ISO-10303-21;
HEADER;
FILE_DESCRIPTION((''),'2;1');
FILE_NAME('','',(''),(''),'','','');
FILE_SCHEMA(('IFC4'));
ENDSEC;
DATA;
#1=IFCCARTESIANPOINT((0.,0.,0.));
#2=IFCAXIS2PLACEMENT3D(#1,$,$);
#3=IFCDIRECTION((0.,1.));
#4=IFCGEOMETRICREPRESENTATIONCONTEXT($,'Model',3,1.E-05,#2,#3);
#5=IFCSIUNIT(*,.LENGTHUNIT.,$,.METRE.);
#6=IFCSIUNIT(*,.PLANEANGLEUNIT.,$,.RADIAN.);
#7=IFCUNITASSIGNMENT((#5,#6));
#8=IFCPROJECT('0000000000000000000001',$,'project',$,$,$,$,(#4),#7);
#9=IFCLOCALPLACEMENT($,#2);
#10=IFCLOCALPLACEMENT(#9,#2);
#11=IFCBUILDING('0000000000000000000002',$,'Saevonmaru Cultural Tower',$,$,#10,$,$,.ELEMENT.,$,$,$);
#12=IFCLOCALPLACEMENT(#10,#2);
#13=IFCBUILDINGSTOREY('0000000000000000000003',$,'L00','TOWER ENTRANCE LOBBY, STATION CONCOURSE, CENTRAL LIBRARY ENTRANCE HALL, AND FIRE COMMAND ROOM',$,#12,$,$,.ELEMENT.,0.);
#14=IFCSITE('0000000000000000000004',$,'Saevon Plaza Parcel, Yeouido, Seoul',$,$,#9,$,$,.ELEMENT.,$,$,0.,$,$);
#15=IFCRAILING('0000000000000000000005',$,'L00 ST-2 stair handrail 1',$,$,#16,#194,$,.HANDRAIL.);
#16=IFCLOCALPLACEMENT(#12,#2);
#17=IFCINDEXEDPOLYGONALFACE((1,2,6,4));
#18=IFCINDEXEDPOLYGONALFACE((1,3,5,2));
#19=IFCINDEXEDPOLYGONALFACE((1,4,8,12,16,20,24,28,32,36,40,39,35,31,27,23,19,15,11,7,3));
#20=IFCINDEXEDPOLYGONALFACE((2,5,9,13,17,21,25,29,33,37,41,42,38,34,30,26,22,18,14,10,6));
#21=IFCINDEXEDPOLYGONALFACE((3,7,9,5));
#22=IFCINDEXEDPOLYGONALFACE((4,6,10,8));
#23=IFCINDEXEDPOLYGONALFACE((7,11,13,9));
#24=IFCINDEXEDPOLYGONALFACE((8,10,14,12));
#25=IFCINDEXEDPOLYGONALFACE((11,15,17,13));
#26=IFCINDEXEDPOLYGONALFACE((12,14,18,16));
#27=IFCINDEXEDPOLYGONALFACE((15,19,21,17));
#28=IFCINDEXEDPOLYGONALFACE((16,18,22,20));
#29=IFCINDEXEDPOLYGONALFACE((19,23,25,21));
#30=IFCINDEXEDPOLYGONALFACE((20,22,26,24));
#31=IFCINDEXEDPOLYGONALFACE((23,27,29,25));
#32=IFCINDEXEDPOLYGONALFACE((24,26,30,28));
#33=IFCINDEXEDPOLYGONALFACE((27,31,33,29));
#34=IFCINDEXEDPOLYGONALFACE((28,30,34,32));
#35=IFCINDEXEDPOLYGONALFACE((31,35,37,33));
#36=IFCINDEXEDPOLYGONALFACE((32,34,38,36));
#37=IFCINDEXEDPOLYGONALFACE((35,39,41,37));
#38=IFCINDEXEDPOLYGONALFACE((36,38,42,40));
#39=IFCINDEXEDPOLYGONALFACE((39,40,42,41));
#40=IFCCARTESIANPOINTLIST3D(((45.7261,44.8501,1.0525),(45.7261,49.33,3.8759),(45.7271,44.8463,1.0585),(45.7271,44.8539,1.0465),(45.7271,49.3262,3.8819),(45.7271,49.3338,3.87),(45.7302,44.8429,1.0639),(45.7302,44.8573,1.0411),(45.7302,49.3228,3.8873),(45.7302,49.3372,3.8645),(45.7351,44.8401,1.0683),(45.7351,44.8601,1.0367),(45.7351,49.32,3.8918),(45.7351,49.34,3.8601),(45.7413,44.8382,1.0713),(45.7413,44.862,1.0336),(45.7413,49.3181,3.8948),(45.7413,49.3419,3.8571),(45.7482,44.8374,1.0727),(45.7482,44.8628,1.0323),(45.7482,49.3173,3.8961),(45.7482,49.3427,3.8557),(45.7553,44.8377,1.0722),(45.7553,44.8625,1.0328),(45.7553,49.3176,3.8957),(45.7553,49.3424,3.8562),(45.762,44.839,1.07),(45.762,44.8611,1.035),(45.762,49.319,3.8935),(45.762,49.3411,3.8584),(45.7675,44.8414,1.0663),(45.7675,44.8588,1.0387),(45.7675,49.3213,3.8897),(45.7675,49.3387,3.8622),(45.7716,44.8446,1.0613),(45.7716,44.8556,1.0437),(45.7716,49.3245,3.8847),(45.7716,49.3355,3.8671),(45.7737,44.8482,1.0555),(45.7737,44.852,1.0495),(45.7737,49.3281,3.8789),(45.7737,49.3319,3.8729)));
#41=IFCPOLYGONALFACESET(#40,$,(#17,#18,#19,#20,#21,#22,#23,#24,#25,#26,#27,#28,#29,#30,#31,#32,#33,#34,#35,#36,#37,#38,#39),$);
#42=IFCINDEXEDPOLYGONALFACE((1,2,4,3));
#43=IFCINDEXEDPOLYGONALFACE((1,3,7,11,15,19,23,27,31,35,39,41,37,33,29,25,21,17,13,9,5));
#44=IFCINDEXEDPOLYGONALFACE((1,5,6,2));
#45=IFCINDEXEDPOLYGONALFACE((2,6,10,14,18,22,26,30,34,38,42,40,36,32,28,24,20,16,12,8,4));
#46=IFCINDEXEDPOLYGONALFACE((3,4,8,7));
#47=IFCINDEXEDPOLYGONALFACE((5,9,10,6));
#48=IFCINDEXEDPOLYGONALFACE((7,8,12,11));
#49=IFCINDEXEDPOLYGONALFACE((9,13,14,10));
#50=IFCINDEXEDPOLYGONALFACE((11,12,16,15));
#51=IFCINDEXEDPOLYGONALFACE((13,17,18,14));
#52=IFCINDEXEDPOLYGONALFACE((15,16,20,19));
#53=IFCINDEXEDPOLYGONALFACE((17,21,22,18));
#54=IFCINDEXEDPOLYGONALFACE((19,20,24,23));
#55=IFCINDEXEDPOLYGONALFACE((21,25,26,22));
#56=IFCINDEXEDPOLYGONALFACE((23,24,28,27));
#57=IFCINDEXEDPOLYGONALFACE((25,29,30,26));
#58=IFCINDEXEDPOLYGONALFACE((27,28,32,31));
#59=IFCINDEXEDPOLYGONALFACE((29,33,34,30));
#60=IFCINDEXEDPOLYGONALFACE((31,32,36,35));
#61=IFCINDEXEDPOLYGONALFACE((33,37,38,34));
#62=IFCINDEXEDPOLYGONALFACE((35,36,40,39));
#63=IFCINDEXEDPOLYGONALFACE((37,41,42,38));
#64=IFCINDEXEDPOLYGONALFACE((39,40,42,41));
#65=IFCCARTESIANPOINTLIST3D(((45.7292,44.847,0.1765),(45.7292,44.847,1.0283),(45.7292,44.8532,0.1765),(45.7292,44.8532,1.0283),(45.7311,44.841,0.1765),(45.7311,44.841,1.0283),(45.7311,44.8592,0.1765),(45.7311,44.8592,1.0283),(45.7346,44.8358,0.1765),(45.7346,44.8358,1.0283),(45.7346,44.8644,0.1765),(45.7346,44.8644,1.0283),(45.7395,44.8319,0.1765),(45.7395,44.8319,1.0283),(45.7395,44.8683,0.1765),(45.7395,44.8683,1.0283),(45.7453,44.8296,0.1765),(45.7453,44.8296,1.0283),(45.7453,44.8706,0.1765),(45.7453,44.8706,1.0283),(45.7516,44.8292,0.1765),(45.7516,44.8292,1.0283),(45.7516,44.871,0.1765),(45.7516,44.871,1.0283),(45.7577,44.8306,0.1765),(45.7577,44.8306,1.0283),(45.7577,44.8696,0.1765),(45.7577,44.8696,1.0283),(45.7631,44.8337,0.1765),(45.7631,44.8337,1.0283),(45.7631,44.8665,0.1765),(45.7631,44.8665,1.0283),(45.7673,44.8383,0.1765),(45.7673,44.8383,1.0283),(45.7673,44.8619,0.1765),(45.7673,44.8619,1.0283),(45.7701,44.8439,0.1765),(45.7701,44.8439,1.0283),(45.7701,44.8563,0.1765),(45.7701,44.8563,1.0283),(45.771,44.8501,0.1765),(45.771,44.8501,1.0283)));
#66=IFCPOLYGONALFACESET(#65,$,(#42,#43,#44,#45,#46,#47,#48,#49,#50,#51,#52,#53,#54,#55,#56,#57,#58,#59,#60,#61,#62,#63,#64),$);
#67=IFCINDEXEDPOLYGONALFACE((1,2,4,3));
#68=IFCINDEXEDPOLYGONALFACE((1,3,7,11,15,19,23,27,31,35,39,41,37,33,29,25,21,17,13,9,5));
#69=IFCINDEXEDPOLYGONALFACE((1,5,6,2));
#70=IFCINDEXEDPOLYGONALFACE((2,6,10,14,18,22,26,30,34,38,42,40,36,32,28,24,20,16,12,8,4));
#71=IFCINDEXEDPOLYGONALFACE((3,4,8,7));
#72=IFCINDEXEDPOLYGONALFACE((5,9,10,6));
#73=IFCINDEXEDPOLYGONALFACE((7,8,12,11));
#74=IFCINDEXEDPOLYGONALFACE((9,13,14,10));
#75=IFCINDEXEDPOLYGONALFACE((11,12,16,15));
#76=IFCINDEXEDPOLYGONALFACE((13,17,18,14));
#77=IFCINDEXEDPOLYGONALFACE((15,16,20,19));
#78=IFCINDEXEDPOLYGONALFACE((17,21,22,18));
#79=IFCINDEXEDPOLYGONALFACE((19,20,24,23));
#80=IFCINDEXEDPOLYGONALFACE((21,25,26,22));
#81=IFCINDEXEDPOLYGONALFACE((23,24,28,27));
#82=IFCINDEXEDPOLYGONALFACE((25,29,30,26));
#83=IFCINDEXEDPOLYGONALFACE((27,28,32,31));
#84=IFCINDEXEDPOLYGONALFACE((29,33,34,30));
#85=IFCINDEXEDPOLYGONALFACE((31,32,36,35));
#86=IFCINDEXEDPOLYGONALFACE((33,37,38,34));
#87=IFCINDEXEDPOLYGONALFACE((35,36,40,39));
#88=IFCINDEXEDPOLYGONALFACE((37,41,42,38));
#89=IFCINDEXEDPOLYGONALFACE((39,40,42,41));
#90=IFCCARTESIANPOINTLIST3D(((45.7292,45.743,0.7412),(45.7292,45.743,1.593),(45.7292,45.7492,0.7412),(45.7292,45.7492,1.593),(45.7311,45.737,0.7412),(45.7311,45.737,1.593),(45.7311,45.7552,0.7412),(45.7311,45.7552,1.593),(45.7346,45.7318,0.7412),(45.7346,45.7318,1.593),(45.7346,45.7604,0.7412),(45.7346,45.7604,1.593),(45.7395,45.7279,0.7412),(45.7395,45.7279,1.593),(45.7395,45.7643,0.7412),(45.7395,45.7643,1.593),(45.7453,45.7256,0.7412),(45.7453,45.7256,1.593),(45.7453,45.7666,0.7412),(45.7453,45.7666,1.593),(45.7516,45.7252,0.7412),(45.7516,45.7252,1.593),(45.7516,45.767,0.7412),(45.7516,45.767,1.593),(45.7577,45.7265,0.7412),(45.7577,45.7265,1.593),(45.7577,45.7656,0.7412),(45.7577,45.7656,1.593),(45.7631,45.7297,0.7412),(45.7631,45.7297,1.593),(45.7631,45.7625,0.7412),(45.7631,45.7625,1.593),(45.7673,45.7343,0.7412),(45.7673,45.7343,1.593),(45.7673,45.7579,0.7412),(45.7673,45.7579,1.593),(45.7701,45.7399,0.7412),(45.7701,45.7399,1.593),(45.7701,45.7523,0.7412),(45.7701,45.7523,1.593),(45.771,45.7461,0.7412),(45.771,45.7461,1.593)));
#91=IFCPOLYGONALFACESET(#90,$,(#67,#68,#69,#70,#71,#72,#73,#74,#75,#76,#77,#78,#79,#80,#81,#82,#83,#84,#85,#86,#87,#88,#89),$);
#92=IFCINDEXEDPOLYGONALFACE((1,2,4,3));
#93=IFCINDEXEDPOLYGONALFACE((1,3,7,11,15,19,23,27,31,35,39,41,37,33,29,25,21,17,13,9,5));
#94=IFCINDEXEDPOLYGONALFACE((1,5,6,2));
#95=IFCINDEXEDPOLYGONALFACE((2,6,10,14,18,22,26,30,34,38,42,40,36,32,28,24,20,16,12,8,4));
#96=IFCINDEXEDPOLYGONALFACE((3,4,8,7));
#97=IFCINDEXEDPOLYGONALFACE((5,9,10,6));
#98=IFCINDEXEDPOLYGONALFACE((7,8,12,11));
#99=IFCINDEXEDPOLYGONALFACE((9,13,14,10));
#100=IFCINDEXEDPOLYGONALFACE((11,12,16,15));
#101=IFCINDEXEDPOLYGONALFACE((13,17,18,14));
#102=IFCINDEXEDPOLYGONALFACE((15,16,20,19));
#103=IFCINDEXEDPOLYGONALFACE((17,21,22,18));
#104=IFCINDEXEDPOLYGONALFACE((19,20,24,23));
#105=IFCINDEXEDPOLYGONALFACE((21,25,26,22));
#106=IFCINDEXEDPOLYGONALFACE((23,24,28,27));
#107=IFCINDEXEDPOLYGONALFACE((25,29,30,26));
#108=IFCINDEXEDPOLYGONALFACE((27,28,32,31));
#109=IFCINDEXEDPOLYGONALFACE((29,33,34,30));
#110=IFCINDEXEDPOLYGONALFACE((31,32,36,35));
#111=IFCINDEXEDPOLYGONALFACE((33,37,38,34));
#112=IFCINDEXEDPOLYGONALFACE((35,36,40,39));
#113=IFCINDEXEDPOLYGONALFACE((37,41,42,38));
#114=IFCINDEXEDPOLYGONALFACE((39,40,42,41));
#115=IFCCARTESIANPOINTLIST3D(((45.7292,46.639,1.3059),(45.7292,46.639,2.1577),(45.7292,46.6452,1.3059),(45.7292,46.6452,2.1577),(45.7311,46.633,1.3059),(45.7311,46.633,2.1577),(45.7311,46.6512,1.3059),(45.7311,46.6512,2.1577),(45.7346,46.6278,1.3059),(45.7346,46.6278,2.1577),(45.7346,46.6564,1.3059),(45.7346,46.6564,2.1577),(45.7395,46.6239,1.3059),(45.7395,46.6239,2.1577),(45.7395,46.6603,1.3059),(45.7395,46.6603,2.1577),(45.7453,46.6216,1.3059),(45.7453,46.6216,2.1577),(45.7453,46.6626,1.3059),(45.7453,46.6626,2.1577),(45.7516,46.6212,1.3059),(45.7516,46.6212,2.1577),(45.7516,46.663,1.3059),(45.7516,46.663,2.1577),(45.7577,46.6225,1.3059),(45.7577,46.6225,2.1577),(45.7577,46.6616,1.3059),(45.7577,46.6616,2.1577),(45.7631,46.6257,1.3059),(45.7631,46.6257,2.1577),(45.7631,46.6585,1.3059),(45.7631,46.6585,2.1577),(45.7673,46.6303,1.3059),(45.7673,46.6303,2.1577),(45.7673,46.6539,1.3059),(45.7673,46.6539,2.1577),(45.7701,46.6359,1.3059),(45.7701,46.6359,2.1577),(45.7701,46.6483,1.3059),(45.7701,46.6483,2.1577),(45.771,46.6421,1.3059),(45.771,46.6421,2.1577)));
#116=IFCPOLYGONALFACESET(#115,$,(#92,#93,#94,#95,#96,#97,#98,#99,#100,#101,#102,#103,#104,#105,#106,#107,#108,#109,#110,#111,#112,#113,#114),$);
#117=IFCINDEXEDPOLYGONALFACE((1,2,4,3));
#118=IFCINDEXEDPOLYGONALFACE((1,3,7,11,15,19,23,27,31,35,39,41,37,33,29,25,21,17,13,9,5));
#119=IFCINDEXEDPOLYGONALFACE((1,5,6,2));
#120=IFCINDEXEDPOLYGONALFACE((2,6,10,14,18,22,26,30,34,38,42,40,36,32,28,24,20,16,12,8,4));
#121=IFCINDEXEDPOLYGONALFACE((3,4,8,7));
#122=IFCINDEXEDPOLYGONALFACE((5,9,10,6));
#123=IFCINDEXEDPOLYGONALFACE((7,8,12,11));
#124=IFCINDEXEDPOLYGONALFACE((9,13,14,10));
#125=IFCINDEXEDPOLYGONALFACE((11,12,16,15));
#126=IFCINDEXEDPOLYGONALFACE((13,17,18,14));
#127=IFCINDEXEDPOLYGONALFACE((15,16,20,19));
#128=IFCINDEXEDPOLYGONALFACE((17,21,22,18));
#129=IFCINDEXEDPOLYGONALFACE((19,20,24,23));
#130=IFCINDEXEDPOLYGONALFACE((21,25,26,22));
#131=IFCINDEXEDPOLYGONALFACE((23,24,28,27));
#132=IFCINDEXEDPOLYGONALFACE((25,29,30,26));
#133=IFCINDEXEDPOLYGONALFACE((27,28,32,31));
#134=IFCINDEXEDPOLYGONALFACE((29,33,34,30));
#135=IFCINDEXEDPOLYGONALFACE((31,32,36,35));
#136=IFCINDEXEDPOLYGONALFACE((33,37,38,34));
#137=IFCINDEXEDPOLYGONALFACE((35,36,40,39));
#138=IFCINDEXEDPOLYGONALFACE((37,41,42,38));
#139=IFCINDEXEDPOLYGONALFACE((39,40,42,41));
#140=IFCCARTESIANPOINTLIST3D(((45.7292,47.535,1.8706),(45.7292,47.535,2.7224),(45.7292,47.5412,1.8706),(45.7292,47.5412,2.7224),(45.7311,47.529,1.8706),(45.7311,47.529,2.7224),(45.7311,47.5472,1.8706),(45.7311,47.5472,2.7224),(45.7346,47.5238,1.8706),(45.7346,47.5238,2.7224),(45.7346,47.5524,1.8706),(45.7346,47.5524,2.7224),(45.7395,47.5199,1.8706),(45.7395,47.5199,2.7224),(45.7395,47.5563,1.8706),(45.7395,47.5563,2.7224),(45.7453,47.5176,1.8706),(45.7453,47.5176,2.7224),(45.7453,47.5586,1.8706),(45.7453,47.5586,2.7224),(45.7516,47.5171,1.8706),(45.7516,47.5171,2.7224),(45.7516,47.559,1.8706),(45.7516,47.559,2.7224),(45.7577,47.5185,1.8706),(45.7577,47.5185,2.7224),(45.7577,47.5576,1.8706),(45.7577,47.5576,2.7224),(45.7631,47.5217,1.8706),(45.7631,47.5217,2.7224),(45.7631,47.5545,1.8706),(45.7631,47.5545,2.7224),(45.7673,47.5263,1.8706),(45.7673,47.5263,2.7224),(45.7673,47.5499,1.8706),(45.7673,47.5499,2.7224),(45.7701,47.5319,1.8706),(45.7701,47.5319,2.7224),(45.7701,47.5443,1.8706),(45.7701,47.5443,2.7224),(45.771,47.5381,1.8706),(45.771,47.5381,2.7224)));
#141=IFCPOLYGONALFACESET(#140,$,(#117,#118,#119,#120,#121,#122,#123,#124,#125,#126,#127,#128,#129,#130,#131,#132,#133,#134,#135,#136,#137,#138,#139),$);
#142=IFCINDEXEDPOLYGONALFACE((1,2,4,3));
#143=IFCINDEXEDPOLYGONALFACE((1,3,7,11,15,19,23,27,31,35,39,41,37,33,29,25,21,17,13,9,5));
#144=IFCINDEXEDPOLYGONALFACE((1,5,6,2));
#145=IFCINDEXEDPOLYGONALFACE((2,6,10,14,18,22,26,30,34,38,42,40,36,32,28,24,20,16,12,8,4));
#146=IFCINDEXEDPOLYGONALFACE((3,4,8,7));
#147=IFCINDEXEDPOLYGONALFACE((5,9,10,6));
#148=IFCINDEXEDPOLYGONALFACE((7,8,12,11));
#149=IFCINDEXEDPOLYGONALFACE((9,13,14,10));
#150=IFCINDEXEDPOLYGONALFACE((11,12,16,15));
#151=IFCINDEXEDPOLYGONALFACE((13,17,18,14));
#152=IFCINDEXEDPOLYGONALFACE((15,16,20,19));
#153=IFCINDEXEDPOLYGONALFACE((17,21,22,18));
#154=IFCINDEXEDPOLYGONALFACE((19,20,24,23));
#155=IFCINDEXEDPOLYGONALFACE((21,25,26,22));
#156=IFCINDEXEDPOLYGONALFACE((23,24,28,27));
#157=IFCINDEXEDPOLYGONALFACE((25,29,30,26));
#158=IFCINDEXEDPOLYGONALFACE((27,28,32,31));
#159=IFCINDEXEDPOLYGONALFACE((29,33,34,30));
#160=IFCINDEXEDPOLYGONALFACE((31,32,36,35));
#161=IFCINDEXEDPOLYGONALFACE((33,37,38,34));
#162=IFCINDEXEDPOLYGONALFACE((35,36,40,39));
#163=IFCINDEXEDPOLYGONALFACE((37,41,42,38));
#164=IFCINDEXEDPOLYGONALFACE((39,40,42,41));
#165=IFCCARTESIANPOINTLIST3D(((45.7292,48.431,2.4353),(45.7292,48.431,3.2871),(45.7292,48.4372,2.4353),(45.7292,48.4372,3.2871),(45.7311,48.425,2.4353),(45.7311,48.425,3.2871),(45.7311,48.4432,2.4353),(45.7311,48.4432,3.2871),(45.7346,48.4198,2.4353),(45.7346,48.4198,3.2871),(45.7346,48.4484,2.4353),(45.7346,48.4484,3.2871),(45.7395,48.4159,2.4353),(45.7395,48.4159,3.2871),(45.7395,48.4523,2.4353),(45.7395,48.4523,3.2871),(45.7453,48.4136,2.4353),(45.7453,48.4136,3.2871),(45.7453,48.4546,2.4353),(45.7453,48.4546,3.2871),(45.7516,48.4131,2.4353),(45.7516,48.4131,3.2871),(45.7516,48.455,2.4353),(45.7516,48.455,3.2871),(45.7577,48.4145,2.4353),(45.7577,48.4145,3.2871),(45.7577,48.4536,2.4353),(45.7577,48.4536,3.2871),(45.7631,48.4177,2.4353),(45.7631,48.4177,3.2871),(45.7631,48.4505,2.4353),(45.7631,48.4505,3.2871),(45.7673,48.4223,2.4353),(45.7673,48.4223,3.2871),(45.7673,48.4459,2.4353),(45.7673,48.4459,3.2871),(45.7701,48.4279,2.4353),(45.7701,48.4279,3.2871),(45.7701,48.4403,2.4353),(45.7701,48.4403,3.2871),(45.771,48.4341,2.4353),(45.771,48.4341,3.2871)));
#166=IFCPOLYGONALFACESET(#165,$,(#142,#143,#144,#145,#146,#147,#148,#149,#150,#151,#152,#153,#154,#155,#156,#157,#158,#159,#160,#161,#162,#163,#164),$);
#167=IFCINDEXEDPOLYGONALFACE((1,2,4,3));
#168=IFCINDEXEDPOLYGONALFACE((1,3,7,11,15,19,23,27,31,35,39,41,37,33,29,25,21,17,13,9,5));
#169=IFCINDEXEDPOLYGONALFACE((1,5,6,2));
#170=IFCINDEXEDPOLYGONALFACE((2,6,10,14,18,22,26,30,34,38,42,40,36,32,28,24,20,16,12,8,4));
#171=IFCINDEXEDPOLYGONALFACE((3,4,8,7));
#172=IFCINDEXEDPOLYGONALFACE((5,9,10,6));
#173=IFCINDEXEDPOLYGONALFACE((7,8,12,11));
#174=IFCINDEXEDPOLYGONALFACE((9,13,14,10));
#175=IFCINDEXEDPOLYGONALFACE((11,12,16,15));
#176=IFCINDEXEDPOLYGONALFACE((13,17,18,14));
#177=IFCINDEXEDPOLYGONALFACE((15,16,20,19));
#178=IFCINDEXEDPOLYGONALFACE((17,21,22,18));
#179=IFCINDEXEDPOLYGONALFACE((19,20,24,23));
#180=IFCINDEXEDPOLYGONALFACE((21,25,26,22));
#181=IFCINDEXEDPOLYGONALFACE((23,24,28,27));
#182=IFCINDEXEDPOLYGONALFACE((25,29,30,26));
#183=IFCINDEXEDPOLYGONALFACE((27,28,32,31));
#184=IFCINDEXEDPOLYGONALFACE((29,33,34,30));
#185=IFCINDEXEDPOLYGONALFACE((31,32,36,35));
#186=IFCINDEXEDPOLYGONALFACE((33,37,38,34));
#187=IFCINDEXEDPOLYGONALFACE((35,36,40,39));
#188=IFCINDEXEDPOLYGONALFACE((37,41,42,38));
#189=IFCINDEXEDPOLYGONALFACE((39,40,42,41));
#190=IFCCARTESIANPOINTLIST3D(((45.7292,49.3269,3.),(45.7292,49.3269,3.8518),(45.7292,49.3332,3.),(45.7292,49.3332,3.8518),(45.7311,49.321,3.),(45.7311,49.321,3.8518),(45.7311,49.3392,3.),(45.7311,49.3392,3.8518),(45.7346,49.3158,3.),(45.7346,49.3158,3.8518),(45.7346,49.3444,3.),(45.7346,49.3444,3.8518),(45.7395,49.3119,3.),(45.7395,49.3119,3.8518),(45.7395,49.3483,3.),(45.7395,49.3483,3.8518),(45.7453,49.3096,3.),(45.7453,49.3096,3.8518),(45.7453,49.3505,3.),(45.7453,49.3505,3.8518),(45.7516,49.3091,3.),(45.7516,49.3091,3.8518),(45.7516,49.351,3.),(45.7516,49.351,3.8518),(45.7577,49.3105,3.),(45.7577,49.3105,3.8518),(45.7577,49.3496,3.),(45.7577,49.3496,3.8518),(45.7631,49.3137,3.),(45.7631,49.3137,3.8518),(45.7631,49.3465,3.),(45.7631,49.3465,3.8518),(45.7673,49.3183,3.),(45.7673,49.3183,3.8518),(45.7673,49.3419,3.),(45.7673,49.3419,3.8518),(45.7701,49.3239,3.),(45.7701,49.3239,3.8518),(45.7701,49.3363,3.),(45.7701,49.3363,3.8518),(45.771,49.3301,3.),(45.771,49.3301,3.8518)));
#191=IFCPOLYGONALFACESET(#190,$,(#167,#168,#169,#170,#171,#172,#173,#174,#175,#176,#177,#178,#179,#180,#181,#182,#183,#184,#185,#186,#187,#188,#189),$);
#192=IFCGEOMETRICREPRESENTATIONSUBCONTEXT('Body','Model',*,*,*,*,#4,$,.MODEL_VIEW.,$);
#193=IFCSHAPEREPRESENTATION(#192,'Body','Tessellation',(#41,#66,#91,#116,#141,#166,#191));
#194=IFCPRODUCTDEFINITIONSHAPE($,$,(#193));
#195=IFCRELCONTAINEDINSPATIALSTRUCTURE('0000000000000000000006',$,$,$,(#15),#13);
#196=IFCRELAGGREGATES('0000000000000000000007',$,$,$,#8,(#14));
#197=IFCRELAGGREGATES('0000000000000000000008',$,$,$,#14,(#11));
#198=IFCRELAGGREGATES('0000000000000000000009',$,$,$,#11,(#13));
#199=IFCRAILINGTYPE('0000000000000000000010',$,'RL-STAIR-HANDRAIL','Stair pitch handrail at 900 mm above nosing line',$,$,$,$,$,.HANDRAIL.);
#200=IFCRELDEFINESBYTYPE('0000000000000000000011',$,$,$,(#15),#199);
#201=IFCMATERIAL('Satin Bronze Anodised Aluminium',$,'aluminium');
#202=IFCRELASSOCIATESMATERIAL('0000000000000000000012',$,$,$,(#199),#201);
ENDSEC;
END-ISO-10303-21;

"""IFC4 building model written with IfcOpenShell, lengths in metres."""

from ifc_helpers import new_model, si_unit, direction, frame, origin, origin_2d, place, context, subcontext, project, spatial, circle, extrude, material, type_object, element, save


model = new_model("IFC4")

# Units and contexts
model_context = context("Model", 3, precision=1e-05, world=origin(), true_north=direction((0.0, 1.0)))
body_context = subcontext(model_context, "Body", "Model", "MODEL_VIEW")
ifc_project = project(units=[si_unit("LENGTHUNIT", "METRE"), si_unit("PLANEANGLEUNIT", "RADIAN")], contexts=[model_context])

# Site, building, storey
site_placement = place(None, origin())
site = spatial("IfcSite", under=ifc_project, at=site_placement, Name="Saevon Plaza Parcel, Yeouido, Seoul", CompositionType="ELEMENT", RefElevation=0.0)
building_placement = place(site_placement, origin())
building = spatial("IfcBuilding", under=site, at=building_placement, Name="Saevonmaru Cultural Tower", CompositionType="ELEMENT")
storey_placement = place(building_placement, origin())
storey = spatial("IfcBuildingStorey", under=building, at=storey_placement, Name="L00", Description="TOWER ENTRANCE LOBBY, STATION CONCOURSE, CENTRAL LIBRARY ENTRANCE HALL, AND FIRE COMMAND ROOM", CompositionType="ELEMENT", Elevation=0.0)

# Shared definitions
ifc_material_1 = material(Name="Satin Bronze Anodised Aluminium", Category="aluminium")

# Railing
railing_type_1 = type_object("IfcRailingType", Name="RL-STAIR-HANDRAIL", Description="Stair pitch handrail at 900 mm above nosing line", PredefinedType="HANDRAIL", material=ifc_material_1)
railing_1_placement = place(storey_placement, frame((45.75, 44.8501, 0.1765)))
element("IfcRailing", 1, at=railing_1_placement, inside=storey, type_object=railing_type_1, Name="L00 ST-2 stair handrail 1", PredefinedType="HANDRAIL", context=body_context, shape_type="SweptSolid", body=[
    extrude(circle(Radius=0.0239, at=origin_2d()), frame((0.0, 0.0, 0.876), z_axis=(0.0, 0.845998, 0.533186), x_axis=(-1.0, 0.0, 0.0)), (0.0, 0.0, 1.0), 5.2954),
    extrude(circle(Radius=0.021, at=origin_2d()), origin(), (0.0, 0.0, 1.0), 0.8518),
    extrude(circle(Radius=0.021, at=origin_2d()), frame((0.0, 0.896, 0.5647)), (0.0, 0.0, 1.0), 0.8518),
    extrude(circle(Radius=0.021, at=origin_2d()), frame((0.0, 1.792, 1.1294)), (0.0, 0.0, 1.0), 0.8518),
    extrude(circle(Radius=0.021, at=origin_2d()), frame((0.0, 2.688, 1.6941)), (0.0, 0.0, 1.0), 0.8518),
    extrude(circle(Radius=0.021, at=origin_2d()), frame((0.0, 3.584, 2.2588)), (0.0, 0.0, 1.0), 0.8518),
    extrude(circle(Radius=0.021, at=origin_2d()), frame((0.0, 4.48, 2.8235)), (0.0, 0.0, 1.0), 0.8518),
])

save(model, "model.ifc")
